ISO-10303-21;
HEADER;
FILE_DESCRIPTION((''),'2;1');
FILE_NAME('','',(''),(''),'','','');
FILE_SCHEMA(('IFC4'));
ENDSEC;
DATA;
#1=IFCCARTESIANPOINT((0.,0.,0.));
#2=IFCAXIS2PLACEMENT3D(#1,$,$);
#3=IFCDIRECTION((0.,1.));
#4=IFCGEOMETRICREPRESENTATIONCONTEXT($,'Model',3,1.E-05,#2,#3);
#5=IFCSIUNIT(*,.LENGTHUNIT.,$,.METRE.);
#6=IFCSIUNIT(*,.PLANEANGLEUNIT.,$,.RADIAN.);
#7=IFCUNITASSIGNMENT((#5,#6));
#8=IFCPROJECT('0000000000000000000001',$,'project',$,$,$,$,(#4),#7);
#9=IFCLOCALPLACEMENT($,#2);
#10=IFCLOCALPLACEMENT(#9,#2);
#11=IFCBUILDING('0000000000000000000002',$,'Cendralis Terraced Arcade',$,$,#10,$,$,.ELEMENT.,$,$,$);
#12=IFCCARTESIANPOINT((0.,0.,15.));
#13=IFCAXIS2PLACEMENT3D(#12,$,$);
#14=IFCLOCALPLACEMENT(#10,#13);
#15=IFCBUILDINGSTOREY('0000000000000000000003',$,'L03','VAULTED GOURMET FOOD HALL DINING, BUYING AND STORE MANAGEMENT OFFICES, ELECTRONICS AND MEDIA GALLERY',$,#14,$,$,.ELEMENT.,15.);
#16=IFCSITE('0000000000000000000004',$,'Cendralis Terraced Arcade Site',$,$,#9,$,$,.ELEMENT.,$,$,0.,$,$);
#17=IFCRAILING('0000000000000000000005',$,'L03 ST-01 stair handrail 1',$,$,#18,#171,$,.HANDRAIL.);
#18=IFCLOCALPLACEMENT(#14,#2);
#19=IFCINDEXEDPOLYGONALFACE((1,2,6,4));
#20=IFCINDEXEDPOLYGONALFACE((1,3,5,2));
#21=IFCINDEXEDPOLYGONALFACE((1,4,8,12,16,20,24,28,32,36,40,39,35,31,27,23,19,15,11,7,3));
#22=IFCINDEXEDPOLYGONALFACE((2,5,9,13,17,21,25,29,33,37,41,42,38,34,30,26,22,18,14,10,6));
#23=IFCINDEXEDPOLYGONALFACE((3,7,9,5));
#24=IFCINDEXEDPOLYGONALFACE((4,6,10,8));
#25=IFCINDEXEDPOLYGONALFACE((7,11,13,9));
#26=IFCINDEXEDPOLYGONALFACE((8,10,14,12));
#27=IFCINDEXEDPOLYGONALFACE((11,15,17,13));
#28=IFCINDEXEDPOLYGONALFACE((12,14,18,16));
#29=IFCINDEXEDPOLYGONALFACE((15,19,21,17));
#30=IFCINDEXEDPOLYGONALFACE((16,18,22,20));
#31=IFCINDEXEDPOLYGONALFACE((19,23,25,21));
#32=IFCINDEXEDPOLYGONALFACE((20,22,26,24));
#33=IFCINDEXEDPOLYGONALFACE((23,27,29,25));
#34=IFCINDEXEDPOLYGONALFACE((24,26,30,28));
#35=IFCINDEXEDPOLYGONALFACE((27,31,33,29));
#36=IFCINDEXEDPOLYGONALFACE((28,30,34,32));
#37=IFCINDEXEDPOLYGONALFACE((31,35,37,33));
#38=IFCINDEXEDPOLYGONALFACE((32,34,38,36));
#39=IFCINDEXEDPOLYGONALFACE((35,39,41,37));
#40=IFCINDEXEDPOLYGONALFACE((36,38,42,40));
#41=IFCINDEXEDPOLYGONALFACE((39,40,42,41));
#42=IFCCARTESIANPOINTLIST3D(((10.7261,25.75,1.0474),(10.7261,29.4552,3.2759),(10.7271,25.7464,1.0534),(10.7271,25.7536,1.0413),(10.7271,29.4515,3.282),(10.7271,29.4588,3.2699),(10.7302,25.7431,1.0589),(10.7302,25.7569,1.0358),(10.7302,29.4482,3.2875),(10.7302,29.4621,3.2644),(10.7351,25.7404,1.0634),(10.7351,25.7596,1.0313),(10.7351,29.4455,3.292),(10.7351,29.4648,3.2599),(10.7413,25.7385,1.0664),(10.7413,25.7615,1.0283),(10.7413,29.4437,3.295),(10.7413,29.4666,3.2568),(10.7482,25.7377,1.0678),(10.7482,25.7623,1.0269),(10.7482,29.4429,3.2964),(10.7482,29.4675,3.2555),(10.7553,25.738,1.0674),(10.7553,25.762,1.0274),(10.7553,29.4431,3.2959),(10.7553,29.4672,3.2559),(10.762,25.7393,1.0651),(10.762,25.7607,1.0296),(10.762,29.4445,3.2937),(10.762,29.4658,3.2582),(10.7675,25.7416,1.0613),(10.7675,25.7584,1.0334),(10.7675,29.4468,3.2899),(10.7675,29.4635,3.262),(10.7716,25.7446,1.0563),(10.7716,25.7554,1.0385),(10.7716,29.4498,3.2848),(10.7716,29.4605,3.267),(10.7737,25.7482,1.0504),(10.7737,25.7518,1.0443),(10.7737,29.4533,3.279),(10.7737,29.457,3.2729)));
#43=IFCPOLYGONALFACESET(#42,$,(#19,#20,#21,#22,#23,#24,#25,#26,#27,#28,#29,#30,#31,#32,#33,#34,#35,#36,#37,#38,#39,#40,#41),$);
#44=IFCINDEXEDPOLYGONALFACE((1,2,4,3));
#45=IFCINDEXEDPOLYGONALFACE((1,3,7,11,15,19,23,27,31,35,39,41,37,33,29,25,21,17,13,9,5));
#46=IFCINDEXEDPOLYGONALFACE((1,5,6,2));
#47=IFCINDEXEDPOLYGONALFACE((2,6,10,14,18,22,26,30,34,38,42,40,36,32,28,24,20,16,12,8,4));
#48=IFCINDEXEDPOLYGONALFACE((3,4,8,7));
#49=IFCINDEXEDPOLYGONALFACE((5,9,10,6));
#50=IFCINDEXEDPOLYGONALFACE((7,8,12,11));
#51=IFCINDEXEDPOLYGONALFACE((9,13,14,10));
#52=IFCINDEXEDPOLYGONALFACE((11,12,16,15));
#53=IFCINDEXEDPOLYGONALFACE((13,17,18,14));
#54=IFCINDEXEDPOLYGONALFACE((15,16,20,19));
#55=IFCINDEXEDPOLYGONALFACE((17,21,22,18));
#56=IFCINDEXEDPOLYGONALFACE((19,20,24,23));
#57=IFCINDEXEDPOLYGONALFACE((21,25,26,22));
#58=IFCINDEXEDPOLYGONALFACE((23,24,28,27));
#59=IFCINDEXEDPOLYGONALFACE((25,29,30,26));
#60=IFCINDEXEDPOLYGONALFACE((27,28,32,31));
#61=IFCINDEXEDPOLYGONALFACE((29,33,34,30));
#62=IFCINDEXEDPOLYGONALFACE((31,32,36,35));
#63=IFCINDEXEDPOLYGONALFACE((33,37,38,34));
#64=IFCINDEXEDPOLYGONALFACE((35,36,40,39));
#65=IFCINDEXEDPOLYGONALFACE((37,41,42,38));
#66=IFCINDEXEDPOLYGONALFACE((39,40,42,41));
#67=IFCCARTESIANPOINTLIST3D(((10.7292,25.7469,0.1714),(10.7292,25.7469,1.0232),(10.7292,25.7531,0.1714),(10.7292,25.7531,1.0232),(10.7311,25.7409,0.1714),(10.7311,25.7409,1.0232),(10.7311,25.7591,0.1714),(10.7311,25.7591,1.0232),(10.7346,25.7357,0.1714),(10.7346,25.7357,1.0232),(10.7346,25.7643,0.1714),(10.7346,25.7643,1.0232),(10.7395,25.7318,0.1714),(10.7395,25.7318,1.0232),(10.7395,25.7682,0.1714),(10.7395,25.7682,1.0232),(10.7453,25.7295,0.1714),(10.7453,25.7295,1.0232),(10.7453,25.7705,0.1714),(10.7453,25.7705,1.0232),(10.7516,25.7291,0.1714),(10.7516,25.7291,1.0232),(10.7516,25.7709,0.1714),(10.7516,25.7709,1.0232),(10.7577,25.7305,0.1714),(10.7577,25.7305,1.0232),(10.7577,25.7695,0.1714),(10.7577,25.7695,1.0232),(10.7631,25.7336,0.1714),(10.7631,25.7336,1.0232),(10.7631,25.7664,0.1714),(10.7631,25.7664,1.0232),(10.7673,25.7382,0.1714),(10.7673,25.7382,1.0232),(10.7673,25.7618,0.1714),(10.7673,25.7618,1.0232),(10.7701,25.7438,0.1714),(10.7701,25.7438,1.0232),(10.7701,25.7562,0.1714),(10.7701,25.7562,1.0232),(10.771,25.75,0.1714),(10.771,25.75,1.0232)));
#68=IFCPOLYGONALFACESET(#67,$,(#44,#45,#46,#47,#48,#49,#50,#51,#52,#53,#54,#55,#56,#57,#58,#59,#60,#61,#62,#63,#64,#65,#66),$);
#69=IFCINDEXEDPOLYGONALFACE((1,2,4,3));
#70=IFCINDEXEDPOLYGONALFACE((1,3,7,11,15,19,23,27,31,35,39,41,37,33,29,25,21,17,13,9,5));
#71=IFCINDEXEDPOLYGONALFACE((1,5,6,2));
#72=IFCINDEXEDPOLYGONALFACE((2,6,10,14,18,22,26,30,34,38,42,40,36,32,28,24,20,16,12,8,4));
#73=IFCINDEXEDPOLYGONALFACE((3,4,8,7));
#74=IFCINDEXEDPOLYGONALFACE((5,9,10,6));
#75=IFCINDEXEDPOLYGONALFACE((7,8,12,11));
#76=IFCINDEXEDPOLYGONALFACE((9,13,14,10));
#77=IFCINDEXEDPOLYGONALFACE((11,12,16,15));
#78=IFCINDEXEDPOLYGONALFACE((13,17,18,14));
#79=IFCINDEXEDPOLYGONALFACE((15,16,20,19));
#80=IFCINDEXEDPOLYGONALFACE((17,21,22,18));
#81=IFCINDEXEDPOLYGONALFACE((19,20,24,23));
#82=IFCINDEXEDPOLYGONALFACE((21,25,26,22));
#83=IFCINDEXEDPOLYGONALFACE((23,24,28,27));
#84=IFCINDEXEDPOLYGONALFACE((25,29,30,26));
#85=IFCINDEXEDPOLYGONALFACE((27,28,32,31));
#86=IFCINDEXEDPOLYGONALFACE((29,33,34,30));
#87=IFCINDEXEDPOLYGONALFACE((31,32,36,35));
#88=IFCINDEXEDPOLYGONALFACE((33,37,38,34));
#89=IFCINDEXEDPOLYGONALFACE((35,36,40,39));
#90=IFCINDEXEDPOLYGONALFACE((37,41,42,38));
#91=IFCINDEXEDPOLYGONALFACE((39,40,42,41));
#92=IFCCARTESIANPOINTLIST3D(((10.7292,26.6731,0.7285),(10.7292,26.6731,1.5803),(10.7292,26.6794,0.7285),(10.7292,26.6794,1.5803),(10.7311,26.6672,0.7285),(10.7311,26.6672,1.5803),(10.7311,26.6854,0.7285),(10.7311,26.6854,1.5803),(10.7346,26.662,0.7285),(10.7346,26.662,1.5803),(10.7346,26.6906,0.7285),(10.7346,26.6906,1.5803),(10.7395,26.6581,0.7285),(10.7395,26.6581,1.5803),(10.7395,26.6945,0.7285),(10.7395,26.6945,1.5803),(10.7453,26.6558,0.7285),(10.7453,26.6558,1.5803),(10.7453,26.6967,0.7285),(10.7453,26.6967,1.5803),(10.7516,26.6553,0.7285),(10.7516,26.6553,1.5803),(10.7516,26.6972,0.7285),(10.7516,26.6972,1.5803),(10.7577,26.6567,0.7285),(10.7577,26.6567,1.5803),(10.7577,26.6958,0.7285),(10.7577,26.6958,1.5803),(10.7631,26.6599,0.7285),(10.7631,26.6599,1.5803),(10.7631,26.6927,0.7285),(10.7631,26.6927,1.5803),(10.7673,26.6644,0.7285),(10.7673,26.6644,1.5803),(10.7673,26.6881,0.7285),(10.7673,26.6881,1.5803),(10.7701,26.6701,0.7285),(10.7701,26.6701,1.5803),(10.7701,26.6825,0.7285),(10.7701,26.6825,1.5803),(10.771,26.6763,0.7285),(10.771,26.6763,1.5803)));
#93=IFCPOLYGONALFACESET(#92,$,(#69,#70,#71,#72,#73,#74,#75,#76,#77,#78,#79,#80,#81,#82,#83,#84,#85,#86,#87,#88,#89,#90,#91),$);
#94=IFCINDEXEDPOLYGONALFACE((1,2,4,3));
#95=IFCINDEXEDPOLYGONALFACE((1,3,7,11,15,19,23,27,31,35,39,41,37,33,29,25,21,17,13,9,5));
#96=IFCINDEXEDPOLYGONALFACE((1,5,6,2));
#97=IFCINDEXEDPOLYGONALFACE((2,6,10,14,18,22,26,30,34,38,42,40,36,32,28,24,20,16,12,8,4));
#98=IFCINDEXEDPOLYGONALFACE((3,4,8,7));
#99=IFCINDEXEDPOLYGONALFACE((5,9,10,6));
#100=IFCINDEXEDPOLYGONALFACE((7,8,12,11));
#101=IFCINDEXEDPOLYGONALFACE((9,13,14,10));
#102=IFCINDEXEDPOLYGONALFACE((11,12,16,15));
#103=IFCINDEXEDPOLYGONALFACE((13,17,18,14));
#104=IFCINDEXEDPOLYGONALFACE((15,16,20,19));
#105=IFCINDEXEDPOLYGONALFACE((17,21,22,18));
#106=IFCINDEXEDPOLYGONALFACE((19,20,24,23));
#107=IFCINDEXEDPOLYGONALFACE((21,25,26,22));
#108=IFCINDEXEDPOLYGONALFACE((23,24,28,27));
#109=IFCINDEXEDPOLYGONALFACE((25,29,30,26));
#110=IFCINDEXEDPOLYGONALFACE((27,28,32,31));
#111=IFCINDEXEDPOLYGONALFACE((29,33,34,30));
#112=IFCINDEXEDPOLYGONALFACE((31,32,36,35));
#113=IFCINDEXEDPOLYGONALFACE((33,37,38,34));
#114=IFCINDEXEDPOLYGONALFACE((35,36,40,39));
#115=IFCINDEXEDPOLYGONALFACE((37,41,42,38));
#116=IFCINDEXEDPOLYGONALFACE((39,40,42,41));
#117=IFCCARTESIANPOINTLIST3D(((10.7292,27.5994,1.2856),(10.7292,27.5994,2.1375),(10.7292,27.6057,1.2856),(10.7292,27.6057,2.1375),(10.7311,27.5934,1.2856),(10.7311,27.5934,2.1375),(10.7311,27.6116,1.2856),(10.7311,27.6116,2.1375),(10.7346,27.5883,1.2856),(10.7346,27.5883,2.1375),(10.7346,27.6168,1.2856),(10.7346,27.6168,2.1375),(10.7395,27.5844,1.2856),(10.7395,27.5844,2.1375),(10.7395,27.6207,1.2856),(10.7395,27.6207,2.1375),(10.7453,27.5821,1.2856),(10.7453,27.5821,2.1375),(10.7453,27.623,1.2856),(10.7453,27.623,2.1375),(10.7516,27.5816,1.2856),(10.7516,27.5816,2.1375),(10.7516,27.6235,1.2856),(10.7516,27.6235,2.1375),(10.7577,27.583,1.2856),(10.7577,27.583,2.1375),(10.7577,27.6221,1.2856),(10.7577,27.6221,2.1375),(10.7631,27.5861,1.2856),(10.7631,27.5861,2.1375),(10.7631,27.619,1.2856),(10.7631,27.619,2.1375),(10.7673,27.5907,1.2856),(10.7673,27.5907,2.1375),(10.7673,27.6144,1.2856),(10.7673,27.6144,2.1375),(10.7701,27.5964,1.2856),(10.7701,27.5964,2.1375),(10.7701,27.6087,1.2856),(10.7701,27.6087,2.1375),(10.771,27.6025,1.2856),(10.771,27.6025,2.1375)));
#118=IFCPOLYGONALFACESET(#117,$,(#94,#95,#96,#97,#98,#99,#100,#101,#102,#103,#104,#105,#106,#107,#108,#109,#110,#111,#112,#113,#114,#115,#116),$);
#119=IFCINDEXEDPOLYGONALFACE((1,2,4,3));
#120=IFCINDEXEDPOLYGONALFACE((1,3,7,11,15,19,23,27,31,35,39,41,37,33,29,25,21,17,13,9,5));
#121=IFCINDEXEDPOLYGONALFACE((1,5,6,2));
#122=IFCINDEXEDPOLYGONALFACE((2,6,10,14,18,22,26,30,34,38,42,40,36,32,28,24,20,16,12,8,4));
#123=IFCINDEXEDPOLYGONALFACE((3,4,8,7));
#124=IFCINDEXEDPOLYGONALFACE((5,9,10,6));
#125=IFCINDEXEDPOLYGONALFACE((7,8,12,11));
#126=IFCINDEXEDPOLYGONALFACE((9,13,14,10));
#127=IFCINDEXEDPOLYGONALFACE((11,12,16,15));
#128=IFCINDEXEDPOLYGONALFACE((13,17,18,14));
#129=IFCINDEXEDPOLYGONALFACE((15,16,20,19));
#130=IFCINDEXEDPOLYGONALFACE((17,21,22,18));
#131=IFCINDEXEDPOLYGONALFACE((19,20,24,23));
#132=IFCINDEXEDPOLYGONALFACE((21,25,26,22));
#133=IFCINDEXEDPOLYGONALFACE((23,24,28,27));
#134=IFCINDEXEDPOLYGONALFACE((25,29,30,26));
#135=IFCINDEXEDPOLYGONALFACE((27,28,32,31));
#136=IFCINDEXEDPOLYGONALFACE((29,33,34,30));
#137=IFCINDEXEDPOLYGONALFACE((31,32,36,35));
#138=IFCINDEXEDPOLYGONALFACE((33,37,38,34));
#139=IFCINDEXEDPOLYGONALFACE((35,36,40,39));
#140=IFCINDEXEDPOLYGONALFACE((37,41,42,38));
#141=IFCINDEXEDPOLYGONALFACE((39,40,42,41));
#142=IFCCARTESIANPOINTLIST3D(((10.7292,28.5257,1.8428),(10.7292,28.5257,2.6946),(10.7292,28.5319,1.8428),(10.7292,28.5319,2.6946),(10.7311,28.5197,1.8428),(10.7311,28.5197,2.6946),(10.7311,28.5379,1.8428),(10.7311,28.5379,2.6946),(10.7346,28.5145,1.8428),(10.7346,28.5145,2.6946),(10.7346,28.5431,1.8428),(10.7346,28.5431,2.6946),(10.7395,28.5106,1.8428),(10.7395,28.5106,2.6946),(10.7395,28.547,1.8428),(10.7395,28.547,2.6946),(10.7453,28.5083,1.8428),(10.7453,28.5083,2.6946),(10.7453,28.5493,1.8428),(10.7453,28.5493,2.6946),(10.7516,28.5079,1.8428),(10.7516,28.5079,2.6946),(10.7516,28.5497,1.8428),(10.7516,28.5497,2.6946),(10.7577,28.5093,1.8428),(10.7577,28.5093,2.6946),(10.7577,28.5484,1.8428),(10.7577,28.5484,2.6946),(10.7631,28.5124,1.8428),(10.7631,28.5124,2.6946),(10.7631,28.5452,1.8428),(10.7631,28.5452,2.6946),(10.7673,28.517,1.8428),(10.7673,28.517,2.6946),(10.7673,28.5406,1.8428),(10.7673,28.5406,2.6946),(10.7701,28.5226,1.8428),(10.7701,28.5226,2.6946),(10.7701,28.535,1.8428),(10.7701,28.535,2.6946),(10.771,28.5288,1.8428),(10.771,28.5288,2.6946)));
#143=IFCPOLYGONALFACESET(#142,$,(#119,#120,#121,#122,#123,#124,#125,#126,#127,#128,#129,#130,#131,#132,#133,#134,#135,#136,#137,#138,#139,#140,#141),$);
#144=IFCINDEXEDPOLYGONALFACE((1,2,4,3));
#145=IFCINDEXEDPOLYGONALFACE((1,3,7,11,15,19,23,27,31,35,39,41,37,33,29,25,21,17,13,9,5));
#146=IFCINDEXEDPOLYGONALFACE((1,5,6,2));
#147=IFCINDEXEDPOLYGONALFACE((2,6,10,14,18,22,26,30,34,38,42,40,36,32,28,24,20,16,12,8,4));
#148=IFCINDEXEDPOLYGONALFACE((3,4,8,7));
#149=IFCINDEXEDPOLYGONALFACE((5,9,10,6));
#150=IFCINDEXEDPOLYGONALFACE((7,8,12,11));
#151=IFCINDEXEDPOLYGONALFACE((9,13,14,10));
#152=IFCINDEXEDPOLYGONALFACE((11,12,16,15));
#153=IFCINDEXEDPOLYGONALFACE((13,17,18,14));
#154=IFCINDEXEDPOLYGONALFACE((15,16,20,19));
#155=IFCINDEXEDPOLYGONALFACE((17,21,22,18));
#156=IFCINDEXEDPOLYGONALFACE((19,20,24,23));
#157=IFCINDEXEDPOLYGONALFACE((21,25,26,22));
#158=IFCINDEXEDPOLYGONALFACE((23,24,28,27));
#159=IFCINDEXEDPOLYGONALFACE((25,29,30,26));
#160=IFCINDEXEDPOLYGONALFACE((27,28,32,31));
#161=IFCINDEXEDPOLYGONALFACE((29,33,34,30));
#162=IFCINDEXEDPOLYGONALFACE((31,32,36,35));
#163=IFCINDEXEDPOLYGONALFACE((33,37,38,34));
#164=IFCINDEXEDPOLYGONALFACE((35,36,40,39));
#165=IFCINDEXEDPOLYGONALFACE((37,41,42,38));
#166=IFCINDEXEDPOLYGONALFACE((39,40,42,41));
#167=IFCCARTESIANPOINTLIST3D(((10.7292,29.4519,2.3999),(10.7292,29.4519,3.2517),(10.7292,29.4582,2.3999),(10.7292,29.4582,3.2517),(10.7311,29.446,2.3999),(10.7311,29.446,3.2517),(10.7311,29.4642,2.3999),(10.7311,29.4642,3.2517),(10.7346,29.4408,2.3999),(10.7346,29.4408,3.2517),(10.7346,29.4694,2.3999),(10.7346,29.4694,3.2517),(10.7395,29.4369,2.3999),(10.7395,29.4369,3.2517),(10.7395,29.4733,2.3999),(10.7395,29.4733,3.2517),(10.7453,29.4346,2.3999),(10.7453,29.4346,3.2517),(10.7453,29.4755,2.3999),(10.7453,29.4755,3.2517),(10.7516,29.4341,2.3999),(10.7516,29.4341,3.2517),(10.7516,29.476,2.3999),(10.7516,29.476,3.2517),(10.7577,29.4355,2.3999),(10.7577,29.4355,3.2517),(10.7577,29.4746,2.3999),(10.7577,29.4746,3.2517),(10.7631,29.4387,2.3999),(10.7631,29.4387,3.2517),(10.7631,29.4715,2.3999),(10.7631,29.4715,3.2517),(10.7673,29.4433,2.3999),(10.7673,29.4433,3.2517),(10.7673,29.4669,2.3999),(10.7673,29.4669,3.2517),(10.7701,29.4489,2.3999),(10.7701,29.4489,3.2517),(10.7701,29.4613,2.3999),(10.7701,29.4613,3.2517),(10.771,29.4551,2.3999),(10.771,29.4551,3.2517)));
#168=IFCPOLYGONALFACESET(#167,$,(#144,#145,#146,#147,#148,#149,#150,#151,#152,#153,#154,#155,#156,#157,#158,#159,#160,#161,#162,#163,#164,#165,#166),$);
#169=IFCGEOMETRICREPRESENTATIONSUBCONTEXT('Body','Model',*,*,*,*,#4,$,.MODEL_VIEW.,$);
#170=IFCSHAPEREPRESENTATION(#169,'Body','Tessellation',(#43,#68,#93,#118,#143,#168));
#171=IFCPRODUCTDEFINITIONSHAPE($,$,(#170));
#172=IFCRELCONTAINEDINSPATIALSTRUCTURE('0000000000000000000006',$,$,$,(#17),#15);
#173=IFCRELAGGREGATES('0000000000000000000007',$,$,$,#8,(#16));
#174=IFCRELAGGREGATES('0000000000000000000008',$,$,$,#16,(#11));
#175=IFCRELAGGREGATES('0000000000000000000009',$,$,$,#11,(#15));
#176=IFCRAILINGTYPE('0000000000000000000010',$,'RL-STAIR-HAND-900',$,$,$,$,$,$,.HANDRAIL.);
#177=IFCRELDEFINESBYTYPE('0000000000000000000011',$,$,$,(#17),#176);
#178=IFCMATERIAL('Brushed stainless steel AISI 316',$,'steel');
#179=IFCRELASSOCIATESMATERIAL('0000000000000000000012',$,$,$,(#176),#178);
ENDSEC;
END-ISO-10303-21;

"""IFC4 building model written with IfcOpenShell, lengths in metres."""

from ifc_helpers import new_model, si_unit, direction, frame, origin, origin_2d, place, context, subcontext, project, spatial, circle, extrude, material, type_object, element, save


model = new_model("IFC4")

# Units and contexts
model_context = context("Model", 3, precision=1e-05, world=origin(), true_north=direction((0.0, 1.0)))
body_context = subcontext(model_context, "Body", "Model", "MODEL_VIEW")
ifc_project = project(units=[si_unit("LENGTHUNIT", "METRE"), si_unit("PLANEANGLEUNIT", "RADIAN")], contexts=[model_context])

# Site, building, storey
site_placement = place(None, origin())
site = spatial("IfcSite", under=ifc_project, at=site_placement, Name="Cendralis Terraced Arcade Site", CompositionType="ELEMENT", RefElevation=0.0)
building_placement = place(site_placement, origin())
building = spatial("IfcBuilding", under=site, at=building_placement, Name="Cendralis Terraced Arcade", CompositionType="ELEMENT")
storey_placement = place(building_placement, frame((0.0, 0.0, 15.0)))
storey = spatial("IfcBuildingStorey", under=building, at=storey_placement, Name="L03", Description="VAULTED GOURMET FOOD HALL DINING, BUYING AND STORE MANAGEMENT OFFICES, ELECTRONICS AND MEDIA GALLERY", CompositionType="ELEMENT", Elevation=15.0)

# Railing
ifc_material_1 = material(Name="Brushed stainless steel AISI 316", Category="steel")
railing_type_1 = type_object("IfcRailingType", Name="RL-STAIR-HAND-900", PredefinedType="HANDRAIL", material=ifc_material_1)
railing_1_placement = place(storey_placement, frame((10.75, 25.75, 0.1714)))
element("IfcRailing", 1, at=railing_1_placement, inside=storey, type_object=railing_type_1, Name="L03 ST-01 stair handrail 1", PredefinedType="HANDRAIL", context=body_context, shape_type="SweptSolid", body=[
    extrude(circle(Radius=0.0239, at=origin_2d()), frame((0.0, 0.0, 0.876), z_axis=(0.0, 0.856934, 0.515425), x_axis=(-1.0, 0.0, 0.0)), (0.0, 0.0, 1.0), 4.3237),
    extrude(circle(Radius=0.021, at=origin_2d()), origin(), (0.0, 0.0, 1.0), 0.8518),
    extrude(circle(Radius=0.021, at=origin_2d()), frame((0.0, 0.9263, 0.5571)), (0.0, 0.0, 1.0), 0.8518),
    extrude(circle(Radius=0.021, at=origin_2d()), frame((0.0, 1.8525, 1.1143)), (0.0, 0.0, 1.0), 0.8518),
    extrude(circle(Radius=0.021, at=origin_2d()), frame((0.0, 2.7788, 1.6714)), (0.0, 0.0, 1.0), 0.8518),
    extrude(circle(Radius=0.021, at=origin_2d()), frame((0.0, 3.7051, 2.2285)), (0.0, 0.0, 1.0), 0.8518),
])

save(model, "model.ifc")
